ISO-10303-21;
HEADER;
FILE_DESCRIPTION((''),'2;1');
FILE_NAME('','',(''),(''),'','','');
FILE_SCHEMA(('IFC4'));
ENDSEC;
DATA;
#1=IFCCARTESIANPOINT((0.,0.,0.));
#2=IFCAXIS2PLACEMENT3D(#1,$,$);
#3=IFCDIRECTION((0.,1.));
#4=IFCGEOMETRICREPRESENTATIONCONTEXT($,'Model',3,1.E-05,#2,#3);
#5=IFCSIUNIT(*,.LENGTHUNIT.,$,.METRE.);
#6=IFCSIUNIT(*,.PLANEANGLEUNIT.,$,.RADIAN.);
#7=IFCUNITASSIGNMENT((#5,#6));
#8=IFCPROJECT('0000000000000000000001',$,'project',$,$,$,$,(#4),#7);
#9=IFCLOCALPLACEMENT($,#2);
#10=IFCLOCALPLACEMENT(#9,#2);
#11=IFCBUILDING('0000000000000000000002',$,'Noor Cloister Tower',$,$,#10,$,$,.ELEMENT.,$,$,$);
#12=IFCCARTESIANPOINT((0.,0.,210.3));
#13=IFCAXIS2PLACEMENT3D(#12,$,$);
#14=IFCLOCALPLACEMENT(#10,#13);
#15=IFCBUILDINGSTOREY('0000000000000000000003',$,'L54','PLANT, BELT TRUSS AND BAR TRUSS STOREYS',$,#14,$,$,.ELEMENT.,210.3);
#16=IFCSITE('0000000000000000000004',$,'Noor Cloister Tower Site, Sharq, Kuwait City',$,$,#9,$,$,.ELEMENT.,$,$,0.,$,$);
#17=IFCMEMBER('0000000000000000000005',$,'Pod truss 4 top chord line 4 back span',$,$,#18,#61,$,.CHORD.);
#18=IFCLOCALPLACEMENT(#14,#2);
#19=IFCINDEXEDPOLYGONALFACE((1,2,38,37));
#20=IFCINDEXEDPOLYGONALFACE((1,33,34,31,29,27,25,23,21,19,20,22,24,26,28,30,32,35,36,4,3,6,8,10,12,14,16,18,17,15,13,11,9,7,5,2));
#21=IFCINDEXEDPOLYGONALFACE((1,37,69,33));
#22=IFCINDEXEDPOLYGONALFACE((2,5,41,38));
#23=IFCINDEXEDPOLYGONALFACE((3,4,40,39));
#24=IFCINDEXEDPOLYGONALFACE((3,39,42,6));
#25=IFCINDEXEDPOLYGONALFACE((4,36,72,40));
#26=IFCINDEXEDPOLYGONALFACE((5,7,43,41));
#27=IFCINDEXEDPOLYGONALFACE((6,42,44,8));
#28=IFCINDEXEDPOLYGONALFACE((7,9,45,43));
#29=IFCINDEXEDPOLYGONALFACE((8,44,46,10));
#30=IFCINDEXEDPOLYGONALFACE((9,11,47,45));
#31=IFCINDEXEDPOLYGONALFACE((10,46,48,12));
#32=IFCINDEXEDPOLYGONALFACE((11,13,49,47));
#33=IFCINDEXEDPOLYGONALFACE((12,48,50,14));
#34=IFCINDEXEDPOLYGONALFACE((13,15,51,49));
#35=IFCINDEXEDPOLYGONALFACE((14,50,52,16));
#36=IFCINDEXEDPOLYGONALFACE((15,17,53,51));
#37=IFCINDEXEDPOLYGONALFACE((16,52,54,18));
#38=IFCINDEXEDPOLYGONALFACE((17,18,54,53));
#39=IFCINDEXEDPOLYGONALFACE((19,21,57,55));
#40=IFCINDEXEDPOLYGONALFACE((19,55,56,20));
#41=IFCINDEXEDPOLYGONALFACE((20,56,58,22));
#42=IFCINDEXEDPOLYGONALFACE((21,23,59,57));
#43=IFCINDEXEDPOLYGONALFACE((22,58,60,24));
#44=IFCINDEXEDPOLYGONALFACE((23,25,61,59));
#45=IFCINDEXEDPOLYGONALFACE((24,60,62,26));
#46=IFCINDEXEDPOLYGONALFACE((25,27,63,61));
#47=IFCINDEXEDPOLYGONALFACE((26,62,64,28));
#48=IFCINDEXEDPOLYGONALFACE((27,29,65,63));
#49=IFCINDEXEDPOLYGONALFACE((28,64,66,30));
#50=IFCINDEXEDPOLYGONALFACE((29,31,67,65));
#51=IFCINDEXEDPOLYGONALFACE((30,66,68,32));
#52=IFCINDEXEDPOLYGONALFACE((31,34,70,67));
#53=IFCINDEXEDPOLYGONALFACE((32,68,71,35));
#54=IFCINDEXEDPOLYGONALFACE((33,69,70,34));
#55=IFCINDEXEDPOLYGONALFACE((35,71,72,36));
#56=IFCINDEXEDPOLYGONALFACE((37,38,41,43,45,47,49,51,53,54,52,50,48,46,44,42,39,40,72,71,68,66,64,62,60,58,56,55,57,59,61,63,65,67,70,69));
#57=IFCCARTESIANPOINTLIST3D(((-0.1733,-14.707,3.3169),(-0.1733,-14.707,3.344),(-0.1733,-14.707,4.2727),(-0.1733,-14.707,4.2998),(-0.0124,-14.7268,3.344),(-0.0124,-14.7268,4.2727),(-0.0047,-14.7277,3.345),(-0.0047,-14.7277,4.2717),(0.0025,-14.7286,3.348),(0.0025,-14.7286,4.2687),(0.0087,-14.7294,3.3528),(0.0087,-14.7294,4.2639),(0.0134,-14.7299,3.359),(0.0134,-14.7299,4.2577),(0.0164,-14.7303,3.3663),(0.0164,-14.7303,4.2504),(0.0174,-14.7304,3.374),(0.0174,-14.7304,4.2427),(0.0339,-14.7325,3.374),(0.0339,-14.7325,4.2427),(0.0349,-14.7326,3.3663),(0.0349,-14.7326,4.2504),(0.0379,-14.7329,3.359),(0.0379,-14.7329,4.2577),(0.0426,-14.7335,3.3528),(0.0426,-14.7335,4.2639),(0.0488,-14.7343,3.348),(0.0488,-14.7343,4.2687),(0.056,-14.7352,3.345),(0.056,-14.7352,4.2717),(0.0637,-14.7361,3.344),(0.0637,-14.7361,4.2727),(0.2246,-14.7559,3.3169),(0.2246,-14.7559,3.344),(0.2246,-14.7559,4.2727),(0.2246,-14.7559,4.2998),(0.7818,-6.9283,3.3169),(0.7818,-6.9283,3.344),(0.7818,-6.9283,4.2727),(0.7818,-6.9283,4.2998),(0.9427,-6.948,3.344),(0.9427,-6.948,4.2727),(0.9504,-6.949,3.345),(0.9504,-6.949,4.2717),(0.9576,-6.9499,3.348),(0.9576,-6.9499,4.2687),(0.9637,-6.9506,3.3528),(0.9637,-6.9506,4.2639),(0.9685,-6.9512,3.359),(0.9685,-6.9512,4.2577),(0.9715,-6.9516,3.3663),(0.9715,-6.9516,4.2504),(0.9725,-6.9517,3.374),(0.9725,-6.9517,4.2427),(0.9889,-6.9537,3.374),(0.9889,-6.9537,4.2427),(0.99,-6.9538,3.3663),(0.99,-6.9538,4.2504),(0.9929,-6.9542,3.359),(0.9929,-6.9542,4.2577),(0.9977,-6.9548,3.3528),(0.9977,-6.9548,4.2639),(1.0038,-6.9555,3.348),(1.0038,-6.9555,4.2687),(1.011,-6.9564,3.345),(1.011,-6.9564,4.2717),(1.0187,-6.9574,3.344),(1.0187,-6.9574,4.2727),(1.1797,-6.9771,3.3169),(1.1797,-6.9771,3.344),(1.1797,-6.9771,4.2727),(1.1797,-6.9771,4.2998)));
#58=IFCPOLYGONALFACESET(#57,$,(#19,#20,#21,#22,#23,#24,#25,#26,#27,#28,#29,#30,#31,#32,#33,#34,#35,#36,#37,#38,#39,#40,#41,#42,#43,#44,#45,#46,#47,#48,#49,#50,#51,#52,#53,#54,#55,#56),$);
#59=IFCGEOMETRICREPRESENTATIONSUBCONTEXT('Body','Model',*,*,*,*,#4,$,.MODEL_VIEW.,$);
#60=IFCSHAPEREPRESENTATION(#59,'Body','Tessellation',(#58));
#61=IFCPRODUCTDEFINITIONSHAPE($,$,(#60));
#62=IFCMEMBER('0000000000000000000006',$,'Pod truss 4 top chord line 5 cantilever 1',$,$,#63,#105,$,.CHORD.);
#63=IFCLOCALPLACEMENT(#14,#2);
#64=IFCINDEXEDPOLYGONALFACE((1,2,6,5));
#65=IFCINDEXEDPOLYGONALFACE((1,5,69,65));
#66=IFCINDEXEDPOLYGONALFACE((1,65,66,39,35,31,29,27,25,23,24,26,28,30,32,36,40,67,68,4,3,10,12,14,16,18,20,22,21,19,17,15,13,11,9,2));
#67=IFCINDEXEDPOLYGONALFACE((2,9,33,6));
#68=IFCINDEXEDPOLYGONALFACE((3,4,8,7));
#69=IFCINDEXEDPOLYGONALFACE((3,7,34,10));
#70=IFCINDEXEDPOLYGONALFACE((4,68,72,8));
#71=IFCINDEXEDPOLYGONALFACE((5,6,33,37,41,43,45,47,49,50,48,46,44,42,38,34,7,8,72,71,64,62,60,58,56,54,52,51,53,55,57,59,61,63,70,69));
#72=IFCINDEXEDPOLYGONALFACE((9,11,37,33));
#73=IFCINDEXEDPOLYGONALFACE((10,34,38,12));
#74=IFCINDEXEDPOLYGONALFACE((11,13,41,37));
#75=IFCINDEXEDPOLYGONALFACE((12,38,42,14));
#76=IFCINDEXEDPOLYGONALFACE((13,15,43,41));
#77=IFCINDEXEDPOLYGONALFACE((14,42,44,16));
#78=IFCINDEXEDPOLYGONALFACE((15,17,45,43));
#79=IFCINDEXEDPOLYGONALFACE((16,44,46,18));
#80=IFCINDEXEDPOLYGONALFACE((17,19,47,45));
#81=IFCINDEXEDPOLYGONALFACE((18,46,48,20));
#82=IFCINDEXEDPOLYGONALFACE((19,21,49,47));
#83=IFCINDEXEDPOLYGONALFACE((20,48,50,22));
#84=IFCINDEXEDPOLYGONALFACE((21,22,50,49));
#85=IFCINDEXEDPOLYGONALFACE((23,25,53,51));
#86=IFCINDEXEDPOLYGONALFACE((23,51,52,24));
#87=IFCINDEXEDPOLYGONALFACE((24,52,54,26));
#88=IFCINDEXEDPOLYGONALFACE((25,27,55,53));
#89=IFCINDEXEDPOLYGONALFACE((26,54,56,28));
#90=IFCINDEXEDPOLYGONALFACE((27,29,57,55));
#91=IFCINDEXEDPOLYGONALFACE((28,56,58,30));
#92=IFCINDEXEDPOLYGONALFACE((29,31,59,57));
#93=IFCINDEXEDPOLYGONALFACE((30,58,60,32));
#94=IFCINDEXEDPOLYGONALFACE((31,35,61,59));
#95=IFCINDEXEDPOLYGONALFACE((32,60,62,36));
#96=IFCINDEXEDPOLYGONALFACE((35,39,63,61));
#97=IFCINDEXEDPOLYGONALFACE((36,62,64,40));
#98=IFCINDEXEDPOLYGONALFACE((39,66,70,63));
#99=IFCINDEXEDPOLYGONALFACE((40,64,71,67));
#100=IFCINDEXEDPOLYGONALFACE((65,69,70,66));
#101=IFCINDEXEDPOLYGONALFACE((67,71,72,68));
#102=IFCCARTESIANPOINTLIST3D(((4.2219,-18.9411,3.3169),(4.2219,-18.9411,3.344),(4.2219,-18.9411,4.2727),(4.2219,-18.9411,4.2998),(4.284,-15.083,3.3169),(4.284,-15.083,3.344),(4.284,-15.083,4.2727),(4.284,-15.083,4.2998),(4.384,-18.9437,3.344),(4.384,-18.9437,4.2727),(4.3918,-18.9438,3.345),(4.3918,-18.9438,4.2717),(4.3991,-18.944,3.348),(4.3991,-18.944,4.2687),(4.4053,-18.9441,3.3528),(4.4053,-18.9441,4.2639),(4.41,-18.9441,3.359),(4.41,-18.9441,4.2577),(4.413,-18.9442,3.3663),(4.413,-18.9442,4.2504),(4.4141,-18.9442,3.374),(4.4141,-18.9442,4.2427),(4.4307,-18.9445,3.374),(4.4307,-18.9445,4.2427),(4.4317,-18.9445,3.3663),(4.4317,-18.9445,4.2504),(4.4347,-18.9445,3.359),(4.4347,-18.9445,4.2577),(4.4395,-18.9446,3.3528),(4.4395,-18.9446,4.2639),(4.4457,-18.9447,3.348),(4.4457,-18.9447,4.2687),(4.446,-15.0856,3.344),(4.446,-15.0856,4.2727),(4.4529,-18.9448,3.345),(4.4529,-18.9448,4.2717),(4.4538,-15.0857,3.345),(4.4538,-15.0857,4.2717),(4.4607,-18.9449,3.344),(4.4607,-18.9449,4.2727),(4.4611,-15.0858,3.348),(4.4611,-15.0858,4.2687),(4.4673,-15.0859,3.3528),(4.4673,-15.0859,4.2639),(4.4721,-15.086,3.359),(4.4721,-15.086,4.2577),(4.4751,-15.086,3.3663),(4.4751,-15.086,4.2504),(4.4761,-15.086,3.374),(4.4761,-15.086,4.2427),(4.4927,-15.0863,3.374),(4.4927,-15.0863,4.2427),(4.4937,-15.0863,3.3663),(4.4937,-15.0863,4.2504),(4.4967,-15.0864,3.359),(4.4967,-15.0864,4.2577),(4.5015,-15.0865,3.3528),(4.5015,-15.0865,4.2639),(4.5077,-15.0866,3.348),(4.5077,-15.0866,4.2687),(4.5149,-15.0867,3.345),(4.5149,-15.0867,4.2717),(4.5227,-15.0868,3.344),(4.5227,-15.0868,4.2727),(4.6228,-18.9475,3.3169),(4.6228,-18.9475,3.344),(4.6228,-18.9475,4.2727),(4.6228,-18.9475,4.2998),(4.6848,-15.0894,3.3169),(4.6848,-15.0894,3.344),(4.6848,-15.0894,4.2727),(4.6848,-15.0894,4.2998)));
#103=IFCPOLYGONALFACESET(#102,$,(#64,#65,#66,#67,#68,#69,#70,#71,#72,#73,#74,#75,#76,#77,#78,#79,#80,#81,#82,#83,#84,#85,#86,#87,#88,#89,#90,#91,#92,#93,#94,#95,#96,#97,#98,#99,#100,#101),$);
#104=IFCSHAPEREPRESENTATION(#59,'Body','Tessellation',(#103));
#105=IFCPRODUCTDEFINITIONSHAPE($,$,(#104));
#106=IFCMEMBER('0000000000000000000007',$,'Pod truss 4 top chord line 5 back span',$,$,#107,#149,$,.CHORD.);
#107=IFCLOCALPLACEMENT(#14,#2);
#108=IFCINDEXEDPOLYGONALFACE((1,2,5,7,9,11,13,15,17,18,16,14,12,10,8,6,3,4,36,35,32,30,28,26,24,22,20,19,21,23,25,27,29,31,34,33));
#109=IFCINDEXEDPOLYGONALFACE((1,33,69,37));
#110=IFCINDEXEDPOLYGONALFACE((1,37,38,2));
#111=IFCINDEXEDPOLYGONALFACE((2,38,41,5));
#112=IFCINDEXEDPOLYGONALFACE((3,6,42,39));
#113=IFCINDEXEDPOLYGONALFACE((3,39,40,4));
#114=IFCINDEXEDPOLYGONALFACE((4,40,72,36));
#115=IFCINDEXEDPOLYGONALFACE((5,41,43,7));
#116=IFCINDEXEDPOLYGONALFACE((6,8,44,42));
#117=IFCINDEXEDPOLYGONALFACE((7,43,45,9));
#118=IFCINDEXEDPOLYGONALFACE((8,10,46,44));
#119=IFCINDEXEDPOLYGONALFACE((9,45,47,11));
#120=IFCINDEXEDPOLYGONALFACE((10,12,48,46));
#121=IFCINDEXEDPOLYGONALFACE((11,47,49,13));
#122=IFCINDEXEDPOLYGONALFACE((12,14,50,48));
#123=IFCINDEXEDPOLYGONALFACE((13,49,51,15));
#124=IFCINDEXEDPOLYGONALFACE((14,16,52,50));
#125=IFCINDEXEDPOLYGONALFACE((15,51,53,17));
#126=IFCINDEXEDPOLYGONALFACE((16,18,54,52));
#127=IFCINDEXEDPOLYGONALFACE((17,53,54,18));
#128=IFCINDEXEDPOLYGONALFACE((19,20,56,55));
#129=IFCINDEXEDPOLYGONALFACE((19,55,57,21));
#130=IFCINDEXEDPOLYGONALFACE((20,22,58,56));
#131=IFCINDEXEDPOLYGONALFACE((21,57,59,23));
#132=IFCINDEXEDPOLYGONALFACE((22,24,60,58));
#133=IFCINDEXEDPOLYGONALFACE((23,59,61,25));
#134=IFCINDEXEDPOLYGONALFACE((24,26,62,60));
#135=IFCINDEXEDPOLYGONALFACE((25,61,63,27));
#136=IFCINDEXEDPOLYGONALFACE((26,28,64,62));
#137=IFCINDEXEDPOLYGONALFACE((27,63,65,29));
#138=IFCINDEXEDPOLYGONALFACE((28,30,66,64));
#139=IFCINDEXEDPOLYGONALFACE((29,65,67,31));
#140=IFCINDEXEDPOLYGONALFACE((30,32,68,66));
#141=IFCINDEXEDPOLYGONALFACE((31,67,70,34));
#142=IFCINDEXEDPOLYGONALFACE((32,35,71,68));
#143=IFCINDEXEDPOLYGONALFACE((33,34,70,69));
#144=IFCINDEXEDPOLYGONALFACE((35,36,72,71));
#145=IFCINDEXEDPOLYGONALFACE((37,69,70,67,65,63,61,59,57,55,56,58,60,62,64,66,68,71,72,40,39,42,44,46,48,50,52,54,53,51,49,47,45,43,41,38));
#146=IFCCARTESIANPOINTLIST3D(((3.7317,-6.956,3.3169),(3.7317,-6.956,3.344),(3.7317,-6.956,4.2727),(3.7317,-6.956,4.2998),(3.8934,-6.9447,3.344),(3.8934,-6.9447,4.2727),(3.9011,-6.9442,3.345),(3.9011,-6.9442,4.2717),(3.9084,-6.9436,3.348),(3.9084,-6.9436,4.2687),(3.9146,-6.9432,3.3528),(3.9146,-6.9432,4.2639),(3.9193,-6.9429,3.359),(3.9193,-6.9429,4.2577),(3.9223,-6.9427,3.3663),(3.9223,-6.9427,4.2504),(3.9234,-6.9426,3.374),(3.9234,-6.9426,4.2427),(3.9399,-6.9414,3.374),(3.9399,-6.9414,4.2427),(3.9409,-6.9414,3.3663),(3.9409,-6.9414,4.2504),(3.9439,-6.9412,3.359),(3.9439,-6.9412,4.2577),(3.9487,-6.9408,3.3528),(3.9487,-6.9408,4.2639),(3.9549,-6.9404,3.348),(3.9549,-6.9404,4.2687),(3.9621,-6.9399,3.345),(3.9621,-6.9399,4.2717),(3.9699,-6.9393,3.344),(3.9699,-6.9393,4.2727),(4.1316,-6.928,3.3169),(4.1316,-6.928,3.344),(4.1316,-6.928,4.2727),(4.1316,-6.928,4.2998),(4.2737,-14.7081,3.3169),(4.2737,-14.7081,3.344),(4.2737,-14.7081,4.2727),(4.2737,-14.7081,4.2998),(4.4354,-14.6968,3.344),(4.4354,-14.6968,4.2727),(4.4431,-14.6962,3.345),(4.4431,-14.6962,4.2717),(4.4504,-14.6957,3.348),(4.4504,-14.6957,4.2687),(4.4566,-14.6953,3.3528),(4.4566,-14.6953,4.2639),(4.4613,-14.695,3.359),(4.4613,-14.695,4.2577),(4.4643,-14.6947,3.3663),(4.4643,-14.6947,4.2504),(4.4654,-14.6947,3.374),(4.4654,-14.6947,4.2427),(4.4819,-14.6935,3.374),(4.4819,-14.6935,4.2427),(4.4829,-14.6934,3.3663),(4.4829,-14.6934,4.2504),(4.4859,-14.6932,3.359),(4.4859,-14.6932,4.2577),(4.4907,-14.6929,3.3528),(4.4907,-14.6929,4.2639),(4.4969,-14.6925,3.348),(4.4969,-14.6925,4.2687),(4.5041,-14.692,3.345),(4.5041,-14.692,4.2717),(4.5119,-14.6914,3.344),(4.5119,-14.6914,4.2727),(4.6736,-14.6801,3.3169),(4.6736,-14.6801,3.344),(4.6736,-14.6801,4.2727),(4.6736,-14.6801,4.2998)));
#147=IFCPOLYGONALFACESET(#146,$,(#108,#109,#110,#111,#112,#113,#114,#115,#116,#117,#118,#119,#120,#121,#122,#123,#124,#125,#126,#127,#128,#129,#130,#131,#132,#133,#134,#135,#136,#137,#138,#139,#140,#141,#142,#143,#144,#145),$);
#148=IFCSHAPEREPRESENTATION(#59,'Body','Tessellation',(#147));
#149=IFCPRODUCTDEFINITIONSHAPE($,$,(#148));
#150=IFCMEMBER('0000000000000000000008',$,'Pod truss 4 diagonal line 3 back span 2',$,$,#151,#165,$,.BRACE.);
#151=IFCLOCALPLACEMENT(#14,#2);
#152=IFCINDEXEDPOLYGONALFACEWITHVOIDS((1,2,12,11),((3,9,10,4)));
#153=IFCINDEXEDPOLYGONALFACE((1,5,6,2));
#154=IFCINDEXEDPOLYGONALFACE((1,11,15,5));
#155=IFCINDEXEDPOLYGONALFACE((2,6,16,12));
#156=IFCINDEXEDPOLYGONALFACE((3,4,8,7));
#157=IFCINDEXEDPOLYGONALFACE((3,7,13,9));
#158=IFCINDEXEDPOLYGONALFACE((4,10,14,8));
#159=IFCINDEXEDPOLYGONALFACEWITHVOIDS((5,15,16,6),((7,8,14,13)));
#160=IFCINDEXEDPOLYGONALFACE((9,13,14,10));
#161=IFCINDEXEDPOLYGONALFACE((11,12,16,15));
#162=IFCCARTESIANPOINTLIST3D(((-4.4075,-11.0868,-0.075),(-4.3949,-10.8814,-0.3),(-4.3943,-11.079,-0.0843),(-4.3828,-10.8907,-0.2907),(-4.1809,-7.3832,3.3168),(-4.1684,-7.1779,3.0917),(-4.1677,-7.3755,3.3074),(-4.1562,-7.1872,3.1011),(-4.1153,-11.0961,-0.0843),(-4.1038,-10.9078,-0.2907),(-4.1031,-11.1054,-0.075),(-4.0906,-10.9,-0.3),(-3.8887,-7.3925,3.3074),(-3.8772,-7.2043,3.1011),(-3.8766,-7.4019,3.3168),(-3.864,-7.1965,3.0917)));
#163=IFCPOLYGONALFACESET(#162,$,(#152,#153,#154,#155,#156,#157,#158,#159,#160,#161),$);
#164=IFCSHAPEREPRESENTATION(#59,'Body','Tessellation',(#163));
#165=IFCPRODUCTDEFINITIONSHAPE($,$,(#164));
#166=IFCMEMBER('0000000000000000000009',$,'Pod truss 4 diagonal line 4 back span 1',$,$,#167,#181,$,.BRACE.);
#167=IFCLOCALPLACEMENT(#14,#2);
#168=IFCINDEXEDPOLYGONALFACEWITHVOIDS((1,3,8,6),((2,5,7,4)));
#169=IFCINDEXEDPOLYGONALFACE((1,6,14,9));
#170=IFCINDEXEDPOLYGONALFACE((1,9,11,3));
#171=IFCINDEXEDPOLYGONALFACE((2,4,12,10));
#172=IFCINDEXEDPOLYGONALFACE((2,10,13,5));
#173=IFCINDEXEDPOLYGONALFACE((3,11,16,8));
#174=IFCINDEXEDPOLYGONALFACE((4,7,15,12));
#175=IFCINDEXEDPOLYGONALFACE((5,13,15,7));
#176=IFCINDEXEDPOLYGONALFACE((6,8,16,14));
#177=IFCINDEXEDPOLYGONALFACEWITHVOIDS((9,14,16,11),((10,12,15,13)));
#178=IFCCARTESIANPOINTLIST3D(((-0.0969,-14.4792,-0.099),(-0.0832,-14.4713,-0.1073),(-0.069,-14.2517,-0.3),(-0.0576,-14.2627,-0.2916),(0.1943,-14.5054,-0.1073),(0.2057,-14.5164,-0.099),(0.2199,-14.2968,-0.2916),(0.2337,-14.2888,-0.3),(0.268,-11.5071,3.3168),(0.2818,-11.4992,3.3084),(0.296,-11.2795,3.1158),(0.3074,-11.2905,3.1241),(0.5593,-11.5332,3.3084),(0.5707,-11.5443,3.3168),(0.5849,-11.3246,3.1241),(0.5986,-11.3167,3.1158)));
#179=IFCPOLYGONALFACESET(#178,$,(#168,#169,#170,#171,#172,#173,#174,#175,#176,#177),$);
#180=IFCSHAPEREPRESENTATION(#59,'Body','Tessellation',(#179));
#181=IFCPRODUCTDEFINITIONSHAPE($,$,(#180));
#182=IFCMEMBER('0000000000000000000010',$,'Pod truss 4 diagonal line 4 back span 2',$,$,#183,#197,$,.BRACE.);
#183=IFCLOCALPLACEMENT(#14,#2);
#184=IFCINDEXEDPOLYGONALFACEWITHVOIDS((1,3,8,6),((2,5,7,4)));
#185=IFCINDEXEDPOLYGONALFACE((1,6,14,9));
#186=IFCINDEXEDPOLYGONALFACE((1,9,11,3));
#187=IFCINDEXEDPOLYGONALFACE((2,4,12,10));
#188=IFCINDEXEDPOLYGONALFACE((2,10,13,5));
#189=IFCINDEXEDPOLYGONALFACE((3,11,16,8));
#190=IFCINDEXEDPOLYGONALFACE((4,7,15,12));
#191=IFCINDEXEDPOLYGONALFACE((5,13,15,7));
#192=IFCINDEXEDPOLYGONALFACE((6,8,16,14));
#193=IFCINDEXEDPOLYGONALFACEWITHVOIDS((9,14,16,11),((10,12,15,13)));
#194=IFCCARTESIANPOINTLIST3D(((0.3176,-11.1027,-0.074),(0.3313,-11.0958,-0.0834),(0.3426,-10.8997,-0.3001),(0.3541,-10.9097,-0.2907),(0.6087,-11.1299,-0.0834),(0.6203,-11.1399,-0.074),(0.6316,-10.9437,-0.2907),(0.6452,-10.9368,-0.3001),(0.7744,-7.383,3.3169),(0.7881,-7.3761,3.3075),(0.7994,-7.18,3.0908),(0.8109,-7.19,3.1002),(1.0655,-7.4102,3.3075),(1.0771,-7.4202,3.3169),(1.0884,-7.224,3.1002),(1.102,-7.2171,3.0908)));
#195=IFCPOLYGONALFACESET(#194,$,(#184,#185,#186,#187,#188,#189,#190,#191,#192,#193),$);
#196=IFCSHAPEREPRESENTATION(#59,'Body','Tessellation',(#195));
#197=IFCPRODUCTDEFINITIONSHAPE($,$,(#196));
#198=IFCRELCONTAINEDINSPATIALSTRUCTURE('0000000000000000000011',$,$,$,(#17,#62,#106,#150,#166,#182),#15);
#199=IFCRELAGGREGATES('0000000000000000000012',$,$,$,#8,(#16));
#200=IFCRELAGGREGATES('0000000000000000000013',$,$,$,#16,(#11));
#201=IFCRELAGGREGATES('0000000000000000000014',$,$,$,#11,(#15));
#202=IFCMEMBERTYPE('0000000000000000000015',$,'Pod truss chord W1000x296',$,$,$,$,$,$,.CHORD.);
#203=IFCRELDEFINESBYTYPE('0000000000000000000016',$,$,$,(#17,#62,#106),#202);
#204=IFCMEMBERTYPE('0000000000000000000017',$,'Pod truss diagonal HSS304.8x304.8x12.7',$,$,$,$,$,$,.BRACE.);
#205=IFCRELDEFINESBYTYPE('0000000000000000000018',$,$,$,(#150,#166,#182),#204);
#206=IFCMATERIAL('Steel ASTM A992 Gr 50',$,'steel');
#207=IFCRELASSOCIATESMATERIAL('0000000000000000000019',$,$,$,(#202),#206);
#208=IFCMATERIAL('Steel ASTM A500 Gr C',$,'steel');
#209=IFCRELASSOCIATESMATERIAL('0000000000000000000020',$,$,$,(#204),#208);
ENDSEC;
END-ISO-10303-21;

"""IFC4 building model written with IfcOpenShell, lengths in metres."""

from ifc_helpers import new_model, si_unit, direction, frame, origin, origin_2d, place, context, subcontext, project, spatial, hollow_rectangle, i_section, extrude, material, material_profile, profile_set, type_object, element, save


model = new_model("IFC4")

# Units and contexts
model_context = context("Model", 3, precision=1e-05, world=origin(), true_north=direction((0.0, 1.0)))
body_context = subcontext(model_context, "Body", "Model", "MODEL_VIEW")
ifc_project = project(units=[si_unit("LENGTHUNIT", "METRE"), si_unit("PLANEANGLEUNIT", "RADIAN")], contexts=[model_context])

# Site, building, storey
site_placement = place(None, origin())
site = spatial("IfcSite", under=ifc_project, at=site_placement, Name="Noor Cloister Tower Site, Sharq, Kuwait City", CompositionType="ELEMENT", RefElevation=0.0)
building_placement = place(site_placement, origin())
building = spatial("IfcBuilding", under=site, at=building_placement, Name="Noor Cloister Tower", CompositionType="ELEMENT")
storey_placement = place(building_placement, frame((0.0, 0.0, 210.3)))
storey = spatial("IfcBuildingStorey", under=building, at=storey_placement, Name="L54", Description="PLANT, BELT TRUSS AND BAR TRUSS STOREYS", CompositionType="ELEMENT", Elevation=210.3)

# Members
ifc_material_1 = material(Name="Steel ASTM A992 Gr 50", Category="steel")
ifc_material_profile_1 = material_profile(ifc_material_1, i_section(OverallWidth=0.4009, OverallDepth=0.9829, WebThickness=0.0166, FlangeThickness=0.0271, FilletRadius=0.03, at=origin_2d()), Name="W1000x296")
ifc_profile_set_1 = profile_set([ifc_material_profile_1], Name="Steel ASTM A992 Gr 50")
member_type_1 = type_object("IfcMemberType", Name="Pod truss chord W1000x296", PredefinedType="CHORD", material=ifc_profile_set_1)
member_1_placement = place(storey_placement, frame((0.0256, -14.7314, 3.8083), z_axis=(0.121864, 0.992547, 0.0), x_axis=(-0.992547, 0.121864, 0.0)))
element("IfcMember", 1, at=member_1_placement, inside=storey, type_object=member_type_1, Name="Pod truss 4 top chord line 4 back span", PredefinedType="CHORD", context=body_context, shape_type="SweptSolid", body=[
    extrude(i_section(OverallWidth=0.4009, OverallDepth=0.9829, WebThickness=0.0166, FlangeThickness=0.0271, FilletRadius=0.03, at=origin_2d()), origin(), (0.0, 0.0, 1.0), 7.8372),
])
member_2_placement = place(storey_placement, frame((4.4844, -15.0862, 3.8083), z_axis=(-0.016071, -0.999871, 0.0), x_axis=(0.999871, -0.016071, 0.0)))
element("IfcMember", 2, at=member_2_placement, inside=storey, type_object=member_type_1, Name="Pod truss 4 top chord line 5 cantilever 1", PredefinedType="CHORD", context=body_context, shape_type="SweptSolid", body=[
    extrude(i_section(OverallWidth=0.4009, OverallDepth=0.9829, WebThickness=0.0166, FlangeThickness=0.0271, FilletRadius=0.03, at=origin_2d()), origin(), (0.0, 0.0, 1.0), 3.8586),
])
member_3_placement = place(storey_placement, frame((4.4736, -14.6941, 3.8083), z_axis=(-0.069747, 0.997565, 0.0), x_axis=(-0.997565, -0.069747, 0.0)))
element("IfcMember", 3, at=member_3_placement, inside=storey, type_object=member_type_1, Name="Pod truss 4 top chord line 5 back span", PredefinedType="CHORD", context=body_context, shape_type="SweptSolid", body=[
    extrude(i_section(OverallWidth=0.4009, OverallDepth=0.9829, WebThickness=0.0166, FlangeThickness=0.0271, FilletRadius=0.03, at=origin_2d()), origin(), (0.0, 0.0, 1.0), 7.771),
])
ifc_material_2 = material(Name="Steel ASTM A500 Gr C", Category="steel")
ifc_material_profile_2 = material_profile(ifc_material_2, hollow_rectangle(XDim=0.3049, YDim=0.3049, WallThickness=0.0127, at=origin_2d()), Name="HSS304.8x304.8x12.7")
ifc_profile_set_2 = profile_set([ifc_material_profile_2], Name="Steel ASTM A500 Gr C")
member_type_2 = type_object("IfcMemberType", Name="Pod truss diagonal HSS304.8x304.8x12.7", PredefinedType="BRACE", material=ifc_profile_set_2)
member_4_placement = place(storey_placement, frame((-4.249, -10.9934, -0.1875), z_axis=(0.045067, 0.736716, 0.674699), x_axis=(-0.998134, 0.061059, 0.0)))
element("IfcMember", 4, at=member_4_placement, inside=storey, type_object=member_type_2, Name="Pod truss 4 diagonal line 3 back span 2", PredefinedType="BRACE", context=body_context, shape_type="SweptSolid", body=[
    extrude(hollow_rectangle(XDim=0.3049, YDim=0.3049, WallThickness=0.0127, at=origin_2d()), origin(), (0.0, 0.0, 1.0), 5.0271),
])
member_5_placement = place(storey_placement, frame((0.0684, -14.384, -0.1995), z_axis=(0.08035, 0.654299, 0.751955), x_axis=(-0.992544, 0.121887, 0.0)))
element("IfcMember", 5, at=member_5_placement, inside=storey, type_object=member_type_2, Name="Pod truss 4 diagonal line 4 back span 1", PredefinedType="BRACE", context=body_context, shape_type="SweptSolid", body=[
    extrude(hollow_rectangle(XDim=0.3049, YDim=0.3049, WallThickness=0.0127, at=origin_2d()), origin(), (0.0, 0.0, 1.0), 4.5425),
])
member_6_placement = place(storey_placement, frame((0.4814, -11.0198, -0.187), z_axis=(0.090381, 0.735995, 0.670927), x_axis=(-0.992544, 0.121886, 0.0)))
element("IfcMember", 6, at=member_6_placement, inside=storey, type_object=member_type_2, Name="Pod truss 4 diagonal line 4 back span 2", PredefinedType="BRACE", context=body_context, shape_type="SweptSolid", body=[
    extrude(hollow_rectangle(XDim=0.3049, YDim=0.3049, WallThickness=0.0127, at=origin_2d()), origin(), (0.0, 0.0, 1.0), 5.054),
])

save(model, "model.ifc")
